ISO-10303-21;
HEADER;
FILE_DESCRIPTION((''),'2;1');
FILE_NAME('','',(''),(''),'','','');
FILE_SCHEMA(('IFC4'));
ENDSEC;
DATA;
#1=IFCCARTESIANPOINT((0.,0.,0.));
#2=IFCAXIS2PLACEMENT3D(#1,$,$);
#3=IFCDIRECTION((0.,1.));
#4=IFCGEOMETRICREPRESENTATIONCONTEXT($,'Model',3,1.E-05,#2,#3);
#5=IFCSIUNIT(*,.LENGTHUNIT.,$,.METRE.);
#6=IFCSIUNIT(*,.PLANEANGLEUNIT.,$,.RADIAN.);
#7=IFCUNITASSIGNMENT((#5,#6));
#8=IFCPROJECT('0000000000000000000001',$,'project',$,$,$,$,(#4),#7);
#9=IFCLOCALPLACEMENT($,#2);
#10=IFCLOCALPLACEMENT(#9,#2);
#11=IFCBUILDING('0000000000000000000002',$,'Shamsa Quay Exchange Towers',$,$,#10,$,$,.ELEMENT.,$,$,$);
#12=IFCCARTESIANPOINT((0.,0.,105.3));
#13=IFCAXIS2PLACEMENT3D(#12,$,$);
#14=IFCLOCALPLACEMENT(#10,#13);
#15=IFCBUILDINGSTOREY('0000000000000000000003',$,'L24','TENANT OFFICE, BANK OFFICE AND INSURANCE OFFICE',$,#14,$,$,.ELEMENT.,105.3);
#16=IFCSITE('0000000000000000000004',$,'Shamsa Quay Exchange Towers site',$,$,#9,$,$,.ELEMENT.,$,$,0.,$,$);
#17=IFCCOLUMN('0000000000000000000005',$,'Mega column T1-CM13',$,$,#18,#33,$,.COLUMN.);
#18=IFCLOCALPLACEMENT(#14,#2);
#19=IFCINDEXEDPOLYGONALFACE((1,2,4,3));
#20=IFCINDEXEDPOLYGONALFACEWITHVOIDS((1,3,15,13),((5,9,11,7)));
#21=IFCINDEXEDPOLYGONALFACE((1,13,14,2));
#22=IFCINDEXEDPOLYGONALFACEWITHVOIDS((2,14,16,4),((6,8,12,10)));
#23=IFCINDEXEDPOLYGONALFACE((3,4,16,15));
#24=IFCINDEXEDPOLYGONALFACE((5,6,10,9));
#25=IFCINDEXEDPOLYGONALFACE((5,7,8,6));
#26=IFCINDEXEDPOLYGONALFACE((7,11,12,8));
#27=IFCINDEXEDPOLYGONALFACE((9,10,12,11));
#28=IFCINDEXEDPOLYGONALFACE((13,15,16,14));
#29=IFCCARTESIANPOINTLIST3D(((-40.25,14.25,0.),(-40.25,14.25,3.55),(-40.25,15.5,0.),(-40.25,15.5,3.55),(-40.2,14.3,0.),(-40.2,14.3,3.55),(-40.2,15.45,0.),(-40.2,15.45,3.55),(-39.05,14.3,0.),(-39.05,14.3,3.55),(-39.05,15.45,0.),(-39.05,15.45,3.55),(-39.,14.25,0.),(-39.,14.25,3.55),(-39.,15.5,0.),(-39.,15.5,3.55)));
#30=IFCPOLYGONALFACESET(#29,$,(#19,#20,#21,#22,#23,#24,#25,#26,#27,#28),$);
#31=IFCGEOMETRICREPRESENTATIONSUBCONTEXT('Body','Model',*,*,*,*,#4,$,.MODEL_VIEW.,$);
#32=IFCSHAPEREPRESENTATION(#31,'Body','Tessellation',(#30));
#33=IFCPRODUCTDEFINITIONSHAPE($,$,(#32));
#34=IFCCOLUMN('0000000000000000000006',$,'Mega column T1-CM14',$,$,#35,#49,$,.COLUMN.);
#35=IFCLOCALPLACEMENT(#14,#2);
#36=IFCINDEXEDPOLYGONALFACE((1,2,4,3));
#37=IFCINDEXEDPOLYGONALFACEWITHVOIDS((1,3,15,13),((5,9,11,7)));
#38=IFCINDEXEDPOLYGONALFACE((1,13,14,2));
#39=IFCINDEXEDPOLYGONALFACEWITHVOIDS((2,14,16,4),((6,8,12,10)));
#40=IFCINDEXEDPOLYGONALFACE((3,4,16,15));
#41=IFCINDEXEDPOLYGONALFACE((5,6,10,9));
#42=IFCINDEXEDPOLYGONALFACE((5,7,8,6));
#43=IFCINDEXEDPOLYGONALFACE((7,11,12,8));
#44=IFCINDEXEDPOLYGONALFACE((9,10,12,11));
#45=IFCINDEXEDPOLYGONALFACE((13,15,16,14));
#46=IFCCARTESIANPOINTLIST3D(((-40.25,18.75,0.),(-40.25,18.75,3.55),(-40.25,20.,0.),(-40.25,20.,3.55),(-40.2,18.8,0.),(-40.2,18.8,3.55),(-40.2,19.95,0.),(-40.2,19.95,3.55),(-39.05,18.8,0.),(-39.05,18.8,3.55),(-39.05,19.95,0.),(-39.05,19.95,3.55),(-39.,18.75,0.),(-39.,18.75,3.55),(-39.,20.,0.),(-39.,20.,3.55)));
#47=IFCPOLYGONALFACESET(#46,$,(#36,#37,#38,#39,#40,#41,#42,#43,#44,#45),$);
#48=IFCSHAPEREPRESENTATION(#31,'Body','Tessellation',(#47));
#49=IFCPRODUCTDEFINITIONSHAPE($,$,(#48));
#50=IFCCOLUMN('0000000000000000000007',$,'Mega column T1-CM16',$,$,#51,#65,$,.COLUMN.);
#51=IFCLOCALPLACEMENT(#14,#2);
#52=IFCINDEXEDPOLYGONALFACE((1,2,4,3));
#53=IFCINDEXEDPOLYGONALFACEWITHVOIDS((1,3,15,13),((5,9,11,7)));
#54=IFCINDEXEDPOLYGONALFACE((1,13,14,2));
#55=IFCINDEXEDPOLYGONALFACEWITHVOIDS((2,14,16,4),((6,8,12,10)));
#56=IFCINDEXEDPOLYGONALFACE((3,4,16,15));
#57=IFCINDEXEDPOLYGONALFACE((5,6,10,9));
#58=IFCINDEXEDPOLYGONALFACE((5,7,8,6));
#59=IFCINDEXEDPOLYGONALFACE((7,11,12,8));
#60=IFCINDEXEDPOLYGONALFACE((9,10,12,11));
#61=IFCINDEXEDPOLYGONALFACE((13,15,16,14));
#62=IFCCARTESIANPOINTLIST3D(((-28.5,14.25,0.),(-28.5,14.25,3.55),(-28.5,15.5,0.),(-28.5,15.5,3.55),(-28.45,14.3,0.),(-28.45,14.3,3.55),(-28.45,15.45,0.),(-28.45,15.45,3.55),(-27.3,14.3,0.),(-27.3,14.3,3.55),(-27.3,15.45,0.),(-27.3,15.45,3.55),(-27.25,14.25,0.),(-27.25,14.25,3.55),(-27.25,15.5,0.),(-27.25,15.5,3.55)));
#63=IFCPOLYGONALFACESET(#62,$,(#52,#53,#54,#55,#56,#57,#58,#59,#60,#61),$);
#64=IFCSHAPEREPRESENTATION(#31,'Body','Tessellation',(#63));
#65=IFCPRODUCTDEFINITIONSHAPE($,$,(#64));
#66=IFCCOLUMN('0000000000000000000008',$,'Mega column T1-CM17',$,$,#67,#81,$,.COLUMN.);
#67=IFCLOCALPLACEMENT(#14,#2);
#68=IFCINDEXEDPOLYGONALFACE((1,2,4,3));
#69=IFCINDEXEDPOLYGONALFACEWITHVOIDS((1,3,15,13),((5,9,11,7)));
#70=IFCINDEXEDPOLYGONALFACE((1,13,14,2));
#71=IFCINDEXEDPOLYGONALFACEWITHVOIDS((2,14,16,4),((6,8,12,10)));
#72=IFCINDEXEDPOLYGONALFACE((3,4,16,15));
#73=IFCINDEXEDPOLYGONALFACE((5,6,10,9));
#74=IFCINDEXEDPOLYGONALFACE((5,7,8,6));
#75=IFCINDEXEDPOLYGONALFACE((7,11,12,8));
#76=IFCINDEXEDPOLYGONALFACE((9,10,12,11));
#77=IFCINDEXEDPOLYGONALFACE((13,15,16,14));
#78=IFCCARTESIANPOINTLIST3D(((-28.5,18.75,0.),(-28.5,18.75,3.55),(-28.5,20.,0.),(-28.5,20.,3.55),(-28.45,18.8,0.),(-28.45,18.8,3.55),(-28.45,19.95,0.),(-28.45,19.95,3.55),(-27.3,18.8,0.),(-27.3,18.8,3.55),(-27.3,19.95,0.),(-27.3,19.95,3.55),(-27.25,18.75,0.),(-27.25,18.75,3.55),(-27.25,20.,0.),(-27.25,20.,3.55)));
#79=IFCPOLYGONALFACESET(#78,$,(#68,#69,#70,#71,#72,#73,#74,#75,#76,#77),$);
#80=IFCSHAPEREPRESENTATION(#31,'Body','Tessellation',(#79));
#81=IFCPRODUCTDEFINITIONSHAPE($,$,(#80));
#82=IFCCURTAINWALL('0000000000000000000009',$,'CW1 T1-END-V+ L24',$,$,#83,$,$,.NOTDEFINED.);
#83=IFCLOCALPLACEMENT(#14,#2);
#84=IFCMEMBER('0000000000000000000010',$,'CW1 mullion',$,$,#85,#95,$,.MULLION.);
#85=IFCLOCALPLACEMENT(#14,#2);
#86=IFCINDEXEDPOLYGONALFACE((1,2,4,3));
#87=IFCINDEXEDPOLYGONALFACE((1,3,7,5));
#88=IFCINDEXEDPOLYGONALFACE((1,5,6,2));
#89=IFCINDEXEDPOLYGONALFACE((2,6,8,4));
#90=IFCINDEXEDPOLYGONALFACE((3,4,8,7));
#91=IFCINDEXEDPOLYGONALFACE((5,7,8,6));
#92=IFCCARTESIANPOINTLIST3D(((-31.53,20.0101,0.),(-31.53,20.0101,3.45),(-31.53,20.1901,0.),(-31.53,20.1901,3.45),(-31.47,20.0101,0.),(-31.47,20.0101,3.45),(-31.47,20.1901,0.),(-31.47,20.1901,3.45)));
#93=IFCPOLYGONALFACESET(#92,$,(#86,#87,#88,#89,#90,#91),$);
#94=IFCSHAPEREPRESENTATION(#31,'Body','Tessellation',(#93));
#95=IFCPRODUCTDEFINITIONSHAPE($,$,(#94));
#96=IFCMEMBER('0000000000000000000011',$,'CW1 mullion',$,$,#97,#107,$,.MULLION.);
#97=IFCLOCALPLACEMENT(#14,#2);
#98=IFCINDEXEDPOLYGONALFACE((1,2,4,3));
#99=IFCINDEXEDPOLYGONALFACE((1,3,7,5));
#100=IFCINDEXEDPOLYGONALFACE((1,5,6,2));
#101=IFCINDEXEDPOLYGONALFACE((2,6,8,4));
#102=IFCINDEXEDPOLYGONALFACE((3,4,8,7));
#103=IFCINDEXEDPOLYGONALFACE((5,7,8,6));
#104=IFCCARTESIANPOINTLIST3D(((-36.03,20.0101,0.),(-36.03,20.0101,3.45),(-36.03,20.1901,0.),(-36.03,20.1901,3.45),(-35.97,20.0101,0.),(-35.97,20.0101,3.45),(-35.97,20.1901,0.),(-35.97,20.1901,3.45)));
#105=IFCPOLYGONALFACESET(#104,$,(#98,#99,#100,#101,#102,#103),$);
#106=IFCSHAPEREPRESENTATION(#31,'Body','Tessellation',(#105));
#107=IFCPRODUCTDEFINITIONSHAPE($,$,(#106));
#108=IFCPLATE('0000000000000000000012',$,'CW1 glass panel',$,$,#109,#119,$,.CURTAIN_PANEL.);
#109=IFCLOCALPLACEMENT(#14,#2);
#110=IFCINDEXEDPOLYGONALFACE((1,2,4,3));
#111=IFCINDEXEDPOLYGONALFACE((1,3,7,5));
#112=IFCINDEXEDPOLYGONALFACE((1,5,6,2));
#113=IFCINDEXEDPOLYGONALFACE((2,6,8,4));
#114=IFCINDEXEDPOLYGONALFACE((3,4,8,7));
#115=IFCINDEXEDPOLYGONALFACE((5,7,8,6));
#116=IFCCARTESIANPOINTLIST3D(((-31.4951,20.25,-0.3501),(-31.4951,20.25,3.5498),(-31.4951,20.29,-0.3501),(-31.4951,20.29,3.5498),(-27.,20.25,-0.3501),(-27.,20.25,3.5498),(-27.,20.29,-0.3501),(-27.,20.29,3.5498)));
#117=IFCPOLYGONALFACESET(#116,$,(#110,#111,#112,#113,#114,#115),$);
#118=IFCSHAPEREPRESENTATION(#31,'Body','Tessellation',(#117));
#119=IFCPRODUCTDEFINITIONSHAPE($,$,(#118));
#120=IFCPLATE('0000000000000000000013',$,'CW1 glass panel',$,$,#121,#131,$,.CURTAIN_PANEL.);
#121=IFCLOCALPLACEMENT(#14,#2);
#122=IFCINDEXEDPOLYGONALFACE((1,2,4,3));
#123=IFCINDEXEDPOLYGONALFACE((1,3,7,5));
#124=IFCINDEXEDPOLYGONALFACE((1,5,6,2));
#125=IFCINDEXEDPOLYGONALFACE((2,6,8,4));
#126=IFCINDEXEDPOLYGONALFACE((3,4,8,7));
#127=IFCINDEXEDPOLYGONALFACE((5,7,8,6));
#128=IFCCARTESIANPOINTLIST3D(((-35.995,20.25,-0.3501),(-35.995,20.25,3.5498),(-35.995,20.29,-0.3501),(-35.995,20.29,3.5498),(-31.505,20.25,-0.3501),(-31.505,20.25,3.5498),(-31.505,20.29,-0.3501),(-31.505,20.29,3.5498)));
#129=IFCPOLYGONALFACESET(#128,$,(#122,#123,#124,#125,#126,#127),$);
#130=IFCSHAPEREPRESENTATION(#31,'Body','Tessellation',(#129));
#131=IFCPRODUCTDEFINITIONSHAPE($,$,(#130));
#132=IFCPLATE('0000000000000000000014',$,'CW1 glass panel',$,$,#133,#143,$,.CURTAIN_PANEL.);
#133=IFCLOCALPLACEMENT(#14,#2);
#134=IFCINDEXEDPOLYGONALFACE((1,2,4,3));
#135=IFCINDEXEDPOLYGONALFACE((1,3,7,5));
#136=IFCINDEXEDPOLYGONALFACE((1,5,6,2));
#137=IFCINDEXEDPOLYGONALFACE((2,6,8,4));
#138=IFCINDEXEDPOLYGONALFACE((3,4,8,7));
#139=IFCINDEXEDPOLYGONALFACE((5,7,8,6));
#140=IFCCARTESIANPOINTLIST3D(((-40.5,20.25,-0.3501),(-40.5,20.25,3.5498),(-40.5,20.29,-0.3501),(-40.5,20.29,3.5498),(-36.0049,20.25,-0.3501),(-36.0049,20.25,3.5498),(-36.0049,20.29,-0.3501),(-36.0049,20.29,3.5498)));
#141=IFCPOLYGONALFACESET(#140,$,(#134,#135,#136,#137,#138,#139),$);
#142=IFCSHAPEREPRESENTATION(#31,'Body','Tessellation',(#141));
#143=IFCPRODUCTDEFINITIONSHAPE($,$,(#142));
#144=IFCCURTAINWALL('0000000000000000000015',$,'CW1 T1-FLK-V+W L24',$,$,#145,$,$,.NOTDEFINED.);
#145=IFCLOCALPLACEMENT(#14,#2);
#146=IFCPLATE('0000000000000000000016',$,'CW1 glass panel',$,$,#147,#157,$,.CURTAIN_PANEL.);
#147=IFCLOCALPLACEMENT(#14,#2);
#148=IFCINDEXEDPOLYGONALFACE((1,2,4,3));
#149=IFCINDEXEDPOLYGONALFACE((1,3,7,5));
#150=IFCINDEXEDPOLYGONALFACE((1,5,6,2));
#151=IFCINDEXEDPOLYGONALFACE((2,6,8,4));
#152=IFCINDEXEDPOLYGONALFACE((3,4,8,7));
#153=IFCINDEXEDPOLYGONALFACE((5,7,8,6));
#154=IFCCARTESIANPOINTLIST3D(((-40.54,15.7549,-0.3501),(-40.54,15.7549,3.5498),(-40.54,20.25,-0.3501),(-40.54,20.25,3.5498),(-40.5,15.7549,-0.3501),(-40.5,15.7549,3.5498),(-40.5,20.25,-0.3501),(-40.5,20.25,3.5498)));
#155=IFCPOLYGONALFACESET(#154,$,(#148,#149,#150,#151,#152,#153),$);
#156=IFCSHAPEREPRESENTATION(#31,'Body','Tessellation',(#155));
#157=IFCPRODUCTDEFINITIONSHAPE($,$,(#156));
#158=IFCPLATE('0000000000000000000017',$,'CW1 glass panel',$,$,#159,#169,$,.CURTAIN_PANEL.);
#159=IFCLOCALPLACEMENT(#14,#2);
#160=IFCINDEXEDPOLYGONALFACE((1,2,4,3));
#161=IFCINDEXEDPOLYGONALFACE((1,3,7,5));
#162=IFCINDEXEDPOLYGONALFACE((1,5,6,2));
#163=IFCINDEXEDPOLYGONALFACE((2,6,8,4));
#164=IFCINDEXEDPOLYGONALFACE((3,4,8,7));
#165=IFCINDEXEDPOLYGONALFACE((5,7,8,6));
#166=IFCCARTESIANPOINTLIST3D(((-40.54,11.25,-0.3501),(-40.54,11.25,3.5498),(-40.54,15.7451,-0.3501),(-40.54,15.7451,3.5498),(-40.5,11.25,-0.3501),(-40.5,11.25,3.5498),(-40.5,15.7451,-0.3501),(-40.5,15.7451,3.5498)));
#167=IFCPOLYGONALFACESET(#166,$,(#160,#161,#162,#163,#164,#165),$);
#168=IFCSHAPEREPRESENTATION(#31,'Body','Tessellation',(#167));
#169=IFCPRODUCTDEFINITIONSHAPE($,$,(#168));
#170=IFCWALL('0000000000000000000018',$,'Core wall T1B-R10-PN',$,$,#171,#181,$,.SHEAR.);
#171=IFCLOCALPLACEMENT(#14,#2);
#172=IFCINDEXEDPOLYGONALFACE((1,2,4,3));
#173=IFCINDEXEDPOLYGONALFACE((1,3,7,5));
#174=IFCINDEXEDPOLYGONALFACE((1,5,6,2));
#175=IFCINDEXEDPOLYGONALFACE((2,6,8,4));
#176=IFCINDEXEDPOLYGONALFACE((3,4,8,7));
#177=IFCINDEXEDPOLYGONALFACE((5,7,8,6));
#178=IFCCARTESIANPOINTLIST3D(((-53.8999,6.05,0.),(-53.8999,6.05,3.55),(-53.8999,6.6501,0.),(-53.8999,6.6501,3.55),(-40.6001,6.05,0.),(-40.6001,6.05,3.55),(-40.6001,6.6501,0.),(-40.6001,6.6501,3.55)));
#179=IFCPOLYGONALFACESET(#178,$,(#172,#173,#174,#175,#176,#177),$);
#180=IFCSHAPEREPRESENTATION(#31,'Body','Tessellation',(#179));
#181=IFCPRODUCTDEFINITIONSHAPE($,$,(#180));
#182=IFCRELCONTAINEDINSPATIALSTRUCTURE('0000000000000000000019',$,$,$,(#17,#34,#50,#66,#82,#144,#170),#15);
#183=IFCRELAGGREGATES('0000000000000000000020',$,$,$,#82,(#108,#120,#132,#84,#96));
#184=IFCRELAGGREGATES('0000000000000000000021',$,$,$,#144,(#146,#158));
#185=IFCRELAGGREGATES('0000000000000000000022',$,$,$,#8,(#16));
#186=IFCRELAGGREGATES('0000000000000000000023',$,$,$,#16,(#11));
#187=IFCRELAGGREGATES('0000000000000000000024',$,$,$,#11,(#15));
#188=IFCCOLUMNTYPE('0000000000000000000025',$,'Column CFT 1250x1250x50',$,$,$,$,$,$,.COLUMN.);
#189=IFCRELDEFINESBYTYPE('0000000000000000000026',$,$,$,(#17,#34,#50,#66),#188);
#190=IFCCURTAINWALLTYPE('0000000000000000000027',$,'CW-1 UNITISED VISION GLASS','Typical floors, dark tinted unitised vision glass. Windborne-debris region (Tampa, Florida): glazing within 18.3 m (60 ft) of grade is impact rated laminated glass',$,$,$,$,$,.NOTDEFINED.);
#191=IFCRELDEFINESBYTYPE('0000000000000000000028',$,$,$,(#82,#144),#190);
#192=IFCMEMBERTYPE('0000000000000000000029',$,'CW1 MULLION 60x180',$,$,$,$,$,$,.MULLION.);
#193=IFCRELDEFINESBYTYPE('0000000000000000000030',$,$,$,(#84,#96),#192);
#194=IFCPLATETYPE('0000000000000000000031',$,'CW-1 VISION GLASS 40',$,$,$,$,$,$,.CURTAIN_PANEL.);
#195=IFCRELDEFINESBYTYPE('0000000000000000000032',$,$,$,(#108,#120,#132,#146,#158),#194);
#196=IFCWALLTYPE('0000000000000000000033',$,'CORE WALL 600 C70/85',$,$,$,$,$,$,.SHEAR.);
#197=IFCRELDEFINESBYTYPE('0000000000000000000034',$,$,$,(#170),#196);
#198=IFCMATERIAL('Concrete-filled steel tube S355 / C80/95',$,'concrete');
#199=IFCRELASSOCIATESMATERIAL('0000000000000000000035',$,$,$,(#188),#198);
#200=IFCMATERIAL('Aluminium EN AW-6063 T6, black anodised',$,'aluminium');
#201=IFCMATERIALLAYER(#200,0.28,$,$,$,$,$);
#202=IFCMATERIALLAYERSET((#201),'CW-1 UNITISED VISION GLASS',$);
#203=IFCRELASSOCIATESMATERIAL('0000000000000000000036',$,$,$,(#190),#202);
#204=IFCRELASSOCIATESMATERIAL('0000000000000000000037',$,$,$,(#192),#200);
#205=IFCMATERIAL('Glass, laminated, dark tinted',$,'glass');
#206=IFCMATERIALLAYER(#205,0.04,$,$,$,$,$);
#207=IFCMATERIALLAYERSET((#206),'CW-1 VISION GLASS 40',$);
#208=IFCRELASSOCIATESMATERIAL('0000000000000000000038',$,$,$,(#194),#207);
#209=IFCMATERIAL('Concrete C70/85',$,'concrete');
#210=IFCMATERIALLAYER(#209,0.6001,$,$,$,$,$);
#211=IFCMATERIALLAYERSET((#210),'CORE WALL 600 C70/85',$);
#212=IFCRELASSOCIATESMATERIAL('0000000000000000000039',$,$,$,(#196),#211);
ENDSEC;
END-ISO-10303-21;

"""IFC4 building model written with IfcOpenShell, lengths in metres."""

from ifc_helpers import new_model, si_unit, direction, frame, frame_2d, origin, origin_2d, place, context, subcontext, project, spatial, rectangle, hollow_rectangle, extrude, material, layer, layer_set, material_profile, profile_set, type_object, element, aggregate, save


model = new_model("IFC4")

# Units and contexts
model_context = context("Model", 3, precision=1e-05, world=origin(), true_north=direction((0.0, 1.0)))
body_context = subcontext(model_context, "Body", "Model", "MODEL_VIEW")
ifc_project = project(units=[si_unit("LENGTHUNIT", "METRE"), si_unit("PLANEANGLEUNIT", "RADIAN")], contexts=[model_context])

# Site, building, storey
site_placement = place(None, origin())
site = spatial("IfcSite", under=ifc_project, at=site_placement, Name="Shamsa Quay Exchange Towers site", CompositionType="ELEMENT", RefElevation=0.0)
building_placement = place(site_placement, origin())
building = spatial("IfcBuilding", under=site, at=building_placement, Name="Shamsa Quay Exchange Towers", CompositionType="ELEMENT")
storey_placement = place(building_placement, frame((0.0, 0.0, 105.3)))
storey = spatial("IfcBuildingStorey", under=building, at=storey_placement, Name="L24", Description="TENANT OFFICE, BANK OFFICE AND INSURANCE OFFICE", CompositionType="ELEMENT", Elevation=105.3)

# Columns
ifc_material_1 = material(Name="Concrete-filled steel tube S355 / C80/95", Category="concrete")
ifc_material_profile_1 = material_profile(ifc_material_1, hollow_rectangle(XDim=1.25, YDim=1.25, WallThickness=0.05, at=origin_2d()), Name="CFT 1250x1250x50")
ifc_profile_set_1 = profile_set([ifc_material_profile_1], Name="Concrete-filled steel tube S355 / C80/95")
column_type = type_object("IfcColumnType", Name="Column CFT 1250x1250x50", PredefinedType="COLUMN", material=ifc_profile_set_1)
for number, where, name in (
    (1, (-39.625, 14.875, 0.0), "Mega column T1-CM13"),
    (2, (-39.625, 19.375, 0.0), "Mega column T1-CM14"),
    (3, (-27.875, 14.875, 0.0), "Mega column T1-CM16"),
    (4, (-27.875, 19.375, 0.0), "Mega column T1-CM17"),
):
    element("IfcColumn", number, at=place(storey_placement, frame(where)), inside=storey, type_object=column_type, Name=name, PredefinedType="COLUMN", context=body_context, shape_type="SweptSolid", body=[
        extrude(hollow_rectangle(XDim=1.25, YDim=1.25, WallThickness=0.05, at=origin_2d()), origin(), (0.0, 0.0, 1.0), 3.55),
    ])

# Curtain wall, members, plates
ifc_material_2 = material(Name="Aluminium EN AW-6063 T6, black anodised", Category="aluminium")
ifc_layer_1 = layer(ifc_material_2, 0.28)
ifc_layer_set_1 = layer_set([ifc_layer_1], Name="CW-1 UNITISED VISION GLASS")
curtain_wall_type = type_object("IfcCurtainWallType", Name="CW-1 UNITISED VISION GLASS", Description="Typical floors, dark tinted unitised vision glass. Windborne-debris region (Tampa, Florida): glazing within 18.3 m (60 ft) of grade is impact rated laminated glass", PredefinedType="NOTDEFINED", material=ifc_layer_set_1)
curtain_wall_1_placement = place(storey_placement, origin())
curtain_wall_1 = element("IfcCurtainWall", 5, at=curtain_wall_1_placement, inside=storey, type_object=curtain_wall_type, Name="CW1 T1-END-V+ L24", PredefinedType="NOTDEFINED")
ifc_material_profile_2 = material_profile(ifc_material_2, rectangle(XDim=0.1799, YDim=0.0601, at=origin_2d()), Name="MU60x180")
ifc_profile_set_2 = profile_set([ifc_material_profile_2], Name="Aluminium EN AW-6063 T6, black anodised")
member_type = type_object("IfcMemberType", Name="CW1 MULLION 60x180", PredefinedType="MULLION", material=ifc_profile_set_2)
member_1_placement = place(storey_placement, frame((-31.5, 20.1001, 0.0), z_axis=(0.0, 0.0, 1.0), x_axis=(0.0, -1.0, 0.0)))
member_1 = element("IfcMember", 6, at=member_1_placement, type_object=member_type, Name="CW1 mullion", PredefinedType="MULLION", context=body_context, shape_type="SweptSolid", body=[
    extrude(rectangle(XDim=0.1799, YDim=0.0601, at=origin_2d()), origin(), (0.0, 0.0, 1.0), 3.45),
])
member_2_placement = place(storey_placement, frame((-36.0, 20.1001, 0.0), z_axis=(0.0, 0.0, 1.0), x_axis=(0.0, -1.0, 0.0)))
member_2 = element("IfcMember", 7, at=member_2_placement, type_object=member_type, Name="CW1 mullion", PredefinedType="MULLION", context=body_context, shape_type="SweptSolid", body=[
    extrude(rectangle(XDim=0.1799, YDim=0.0601, at=origin_2d()), origin(), (0.0, 0.0, 1.0), 3.45),
])
ifc_material_3 = material(Name="Glass, laminated, dark tinted", Category="glass")
ifc_layer_2 = layer(ifc_material_3, 0.04)
ifc_layer_set_2 = layer_set([ifc_layer_2], Name="CW-1 VISION GLASS 40")
plate_type = type_object("IfcPlateType", Name="CW-1 VISION GLASS 40", PredefinedType="CURTAIN_PANEL", material=ifc_layer_set_2)
plate_1_placement = place(storey_placement, frame((-29.2476, 20.27, -0.3501), z_axis=(0.0, 0.0, 1.0), x_axis=(-1.0, 0.0, 0.0)))
plate_1 = element("IfcPlate", 8, at=plate_1_placement, type_object=plate_type, Name="CW1 glass panel", PredefinedType="CURTAIN_PANEL", context=body_context, shape_type="SweptSolid", body=[
    extrude(rectangle(XDim=4.4951, YDim=0.04, at=origin_2d()), origin(), (0.0, 0.0, 1.0), 3.8999),
])
plate_2_placement = place(storey_placement, frame((-33.75, 20.27, -0.3501), z_axis=(0.0, 0.0, 1.0), x_axis=(-1.0, 0.0, 0.0)))
plate_2 = element("IfcPlate", 9, at=plate_2_placement, type_object=plate_type, Name="CW1 glass panel", PredefinedType="CURTAIN_PANEL", context=body_context, shape_type="SweptSolid", body=[
    extrude(rectangle(XDim=4.49, YDim=0.04, at=origin_2d()), origin(), (0.0, 0.0, 1.0), 3.8999),
])
plate_3_placement = place(storey_placement, frame((-38.2524, 20.27, -0.3501), z_axis=(0.0, 0.0, 1.0), x_axis=(-1.0, 0.0, 0.0)))
plate_3 = element("IfcPlate", 10, at=plate_3_placement, type_object=plate_type, Name="CW1 glass panel", PredefinedType="CURTAIN_PANEL", context=body_context, shape_type="SweptSolid", body=[
    extrude(rectangle(XDim=4.4951, YDim=0.04, at=origin_2d()), origin(), (0.0, 0.0, 1.0), 3.8999),
])
aggregate(curtain_wall_1, [plate_1, plate_2, plate_3, member_1, member_2])

# Curtain wall, plates
curtain_wall_2_placement = place(storey_placement, origin())
curtain_wall_2 = element("IfcCurtainWall", 11, at=curtain_wall_2_placement, inside=storey, type_object=curtain_wall_type, Name="CW1 T1-FLK-V+W L24", PredefinedType="NOTDEFINED")
plate_4_placement = place(storey_placement, frame((-40.52, 18.0024, -0.3501), z_axis=(0.0, 0.0, 1.0), x_axis=(0.0, -1.0, 0.0)))
plate_4 = element("IfcPlate", 12, at=plate_4_placement, type_object=plate_type, Name="CW1 glass panel", PredefinedType="CURTAIN_PANEL", context=body_context, shape_type="SweptSolid", body=[
    extrude(rectangle(XDim=4.4951, YDim=0.04, at=origin_2d()), origin(), (0.0, 0.0, 1.0), 3.8999),
])
plate_5_placement = place(storey_placement, frame((-40.52, 13.4976, -0.3501), z_axis=(0.0, 0.0, 1.0), x_axis=(0.0, -1.0, 0.0)))
plate_5 = element("IfcPlate", 13, at=plate_5_placement, type_object=plate_type, Name="CW1 glass panel", PredefinedType="CURTAIN_PANEL", context=body_context, shape_type="SweptSolid", body=[
    extrude(rectangle(XDim=4.4951, YDim=0.04, at=origin_2d()), origin(), (0.0, 0.0, 1.0), 3.8999),
])
aggregate(curtain_wall_2, [plate_4, plate_5])

# Wall
ifc_material_4 = material(Name="Concrete C70/85", Category="concrete")
ifc_layer_3 = layer(ifc_material_4, 0.6001)
ifc_layer_set_3 = layer_set([ifc_layer_3], Name="CORE WALL 600 C70/85")
wall_type_1 = type_object("IfcWallType", Name="CORE WALL 600 C70/85", PredefinedType="SHEAR", material=ifc_layer_set_3)
wall_1_placement = place(storey_placement, frame((-40.6001, 6.3501, 0.0), z_axis=(0.0, 0.0, 1.0), x_axis=(-1.0, 0.0, 0.0)))
element("IfcWall", 14, at=wall_1_placement, inside=storey, type_object=wall_type_1, Name="Core wall T1B-R10-PN", PredefinedType="SHEAR", context=body_context, shape_type="SweptSolid", body=[
    extrude(rectangle(XDim=13.2998, YDim=0.6001, at=frame_2d((6.6499, 0.0))), origin(), (0.0, 0.0, 1.0), 3.55),
])

save(model, "model.ifc")
